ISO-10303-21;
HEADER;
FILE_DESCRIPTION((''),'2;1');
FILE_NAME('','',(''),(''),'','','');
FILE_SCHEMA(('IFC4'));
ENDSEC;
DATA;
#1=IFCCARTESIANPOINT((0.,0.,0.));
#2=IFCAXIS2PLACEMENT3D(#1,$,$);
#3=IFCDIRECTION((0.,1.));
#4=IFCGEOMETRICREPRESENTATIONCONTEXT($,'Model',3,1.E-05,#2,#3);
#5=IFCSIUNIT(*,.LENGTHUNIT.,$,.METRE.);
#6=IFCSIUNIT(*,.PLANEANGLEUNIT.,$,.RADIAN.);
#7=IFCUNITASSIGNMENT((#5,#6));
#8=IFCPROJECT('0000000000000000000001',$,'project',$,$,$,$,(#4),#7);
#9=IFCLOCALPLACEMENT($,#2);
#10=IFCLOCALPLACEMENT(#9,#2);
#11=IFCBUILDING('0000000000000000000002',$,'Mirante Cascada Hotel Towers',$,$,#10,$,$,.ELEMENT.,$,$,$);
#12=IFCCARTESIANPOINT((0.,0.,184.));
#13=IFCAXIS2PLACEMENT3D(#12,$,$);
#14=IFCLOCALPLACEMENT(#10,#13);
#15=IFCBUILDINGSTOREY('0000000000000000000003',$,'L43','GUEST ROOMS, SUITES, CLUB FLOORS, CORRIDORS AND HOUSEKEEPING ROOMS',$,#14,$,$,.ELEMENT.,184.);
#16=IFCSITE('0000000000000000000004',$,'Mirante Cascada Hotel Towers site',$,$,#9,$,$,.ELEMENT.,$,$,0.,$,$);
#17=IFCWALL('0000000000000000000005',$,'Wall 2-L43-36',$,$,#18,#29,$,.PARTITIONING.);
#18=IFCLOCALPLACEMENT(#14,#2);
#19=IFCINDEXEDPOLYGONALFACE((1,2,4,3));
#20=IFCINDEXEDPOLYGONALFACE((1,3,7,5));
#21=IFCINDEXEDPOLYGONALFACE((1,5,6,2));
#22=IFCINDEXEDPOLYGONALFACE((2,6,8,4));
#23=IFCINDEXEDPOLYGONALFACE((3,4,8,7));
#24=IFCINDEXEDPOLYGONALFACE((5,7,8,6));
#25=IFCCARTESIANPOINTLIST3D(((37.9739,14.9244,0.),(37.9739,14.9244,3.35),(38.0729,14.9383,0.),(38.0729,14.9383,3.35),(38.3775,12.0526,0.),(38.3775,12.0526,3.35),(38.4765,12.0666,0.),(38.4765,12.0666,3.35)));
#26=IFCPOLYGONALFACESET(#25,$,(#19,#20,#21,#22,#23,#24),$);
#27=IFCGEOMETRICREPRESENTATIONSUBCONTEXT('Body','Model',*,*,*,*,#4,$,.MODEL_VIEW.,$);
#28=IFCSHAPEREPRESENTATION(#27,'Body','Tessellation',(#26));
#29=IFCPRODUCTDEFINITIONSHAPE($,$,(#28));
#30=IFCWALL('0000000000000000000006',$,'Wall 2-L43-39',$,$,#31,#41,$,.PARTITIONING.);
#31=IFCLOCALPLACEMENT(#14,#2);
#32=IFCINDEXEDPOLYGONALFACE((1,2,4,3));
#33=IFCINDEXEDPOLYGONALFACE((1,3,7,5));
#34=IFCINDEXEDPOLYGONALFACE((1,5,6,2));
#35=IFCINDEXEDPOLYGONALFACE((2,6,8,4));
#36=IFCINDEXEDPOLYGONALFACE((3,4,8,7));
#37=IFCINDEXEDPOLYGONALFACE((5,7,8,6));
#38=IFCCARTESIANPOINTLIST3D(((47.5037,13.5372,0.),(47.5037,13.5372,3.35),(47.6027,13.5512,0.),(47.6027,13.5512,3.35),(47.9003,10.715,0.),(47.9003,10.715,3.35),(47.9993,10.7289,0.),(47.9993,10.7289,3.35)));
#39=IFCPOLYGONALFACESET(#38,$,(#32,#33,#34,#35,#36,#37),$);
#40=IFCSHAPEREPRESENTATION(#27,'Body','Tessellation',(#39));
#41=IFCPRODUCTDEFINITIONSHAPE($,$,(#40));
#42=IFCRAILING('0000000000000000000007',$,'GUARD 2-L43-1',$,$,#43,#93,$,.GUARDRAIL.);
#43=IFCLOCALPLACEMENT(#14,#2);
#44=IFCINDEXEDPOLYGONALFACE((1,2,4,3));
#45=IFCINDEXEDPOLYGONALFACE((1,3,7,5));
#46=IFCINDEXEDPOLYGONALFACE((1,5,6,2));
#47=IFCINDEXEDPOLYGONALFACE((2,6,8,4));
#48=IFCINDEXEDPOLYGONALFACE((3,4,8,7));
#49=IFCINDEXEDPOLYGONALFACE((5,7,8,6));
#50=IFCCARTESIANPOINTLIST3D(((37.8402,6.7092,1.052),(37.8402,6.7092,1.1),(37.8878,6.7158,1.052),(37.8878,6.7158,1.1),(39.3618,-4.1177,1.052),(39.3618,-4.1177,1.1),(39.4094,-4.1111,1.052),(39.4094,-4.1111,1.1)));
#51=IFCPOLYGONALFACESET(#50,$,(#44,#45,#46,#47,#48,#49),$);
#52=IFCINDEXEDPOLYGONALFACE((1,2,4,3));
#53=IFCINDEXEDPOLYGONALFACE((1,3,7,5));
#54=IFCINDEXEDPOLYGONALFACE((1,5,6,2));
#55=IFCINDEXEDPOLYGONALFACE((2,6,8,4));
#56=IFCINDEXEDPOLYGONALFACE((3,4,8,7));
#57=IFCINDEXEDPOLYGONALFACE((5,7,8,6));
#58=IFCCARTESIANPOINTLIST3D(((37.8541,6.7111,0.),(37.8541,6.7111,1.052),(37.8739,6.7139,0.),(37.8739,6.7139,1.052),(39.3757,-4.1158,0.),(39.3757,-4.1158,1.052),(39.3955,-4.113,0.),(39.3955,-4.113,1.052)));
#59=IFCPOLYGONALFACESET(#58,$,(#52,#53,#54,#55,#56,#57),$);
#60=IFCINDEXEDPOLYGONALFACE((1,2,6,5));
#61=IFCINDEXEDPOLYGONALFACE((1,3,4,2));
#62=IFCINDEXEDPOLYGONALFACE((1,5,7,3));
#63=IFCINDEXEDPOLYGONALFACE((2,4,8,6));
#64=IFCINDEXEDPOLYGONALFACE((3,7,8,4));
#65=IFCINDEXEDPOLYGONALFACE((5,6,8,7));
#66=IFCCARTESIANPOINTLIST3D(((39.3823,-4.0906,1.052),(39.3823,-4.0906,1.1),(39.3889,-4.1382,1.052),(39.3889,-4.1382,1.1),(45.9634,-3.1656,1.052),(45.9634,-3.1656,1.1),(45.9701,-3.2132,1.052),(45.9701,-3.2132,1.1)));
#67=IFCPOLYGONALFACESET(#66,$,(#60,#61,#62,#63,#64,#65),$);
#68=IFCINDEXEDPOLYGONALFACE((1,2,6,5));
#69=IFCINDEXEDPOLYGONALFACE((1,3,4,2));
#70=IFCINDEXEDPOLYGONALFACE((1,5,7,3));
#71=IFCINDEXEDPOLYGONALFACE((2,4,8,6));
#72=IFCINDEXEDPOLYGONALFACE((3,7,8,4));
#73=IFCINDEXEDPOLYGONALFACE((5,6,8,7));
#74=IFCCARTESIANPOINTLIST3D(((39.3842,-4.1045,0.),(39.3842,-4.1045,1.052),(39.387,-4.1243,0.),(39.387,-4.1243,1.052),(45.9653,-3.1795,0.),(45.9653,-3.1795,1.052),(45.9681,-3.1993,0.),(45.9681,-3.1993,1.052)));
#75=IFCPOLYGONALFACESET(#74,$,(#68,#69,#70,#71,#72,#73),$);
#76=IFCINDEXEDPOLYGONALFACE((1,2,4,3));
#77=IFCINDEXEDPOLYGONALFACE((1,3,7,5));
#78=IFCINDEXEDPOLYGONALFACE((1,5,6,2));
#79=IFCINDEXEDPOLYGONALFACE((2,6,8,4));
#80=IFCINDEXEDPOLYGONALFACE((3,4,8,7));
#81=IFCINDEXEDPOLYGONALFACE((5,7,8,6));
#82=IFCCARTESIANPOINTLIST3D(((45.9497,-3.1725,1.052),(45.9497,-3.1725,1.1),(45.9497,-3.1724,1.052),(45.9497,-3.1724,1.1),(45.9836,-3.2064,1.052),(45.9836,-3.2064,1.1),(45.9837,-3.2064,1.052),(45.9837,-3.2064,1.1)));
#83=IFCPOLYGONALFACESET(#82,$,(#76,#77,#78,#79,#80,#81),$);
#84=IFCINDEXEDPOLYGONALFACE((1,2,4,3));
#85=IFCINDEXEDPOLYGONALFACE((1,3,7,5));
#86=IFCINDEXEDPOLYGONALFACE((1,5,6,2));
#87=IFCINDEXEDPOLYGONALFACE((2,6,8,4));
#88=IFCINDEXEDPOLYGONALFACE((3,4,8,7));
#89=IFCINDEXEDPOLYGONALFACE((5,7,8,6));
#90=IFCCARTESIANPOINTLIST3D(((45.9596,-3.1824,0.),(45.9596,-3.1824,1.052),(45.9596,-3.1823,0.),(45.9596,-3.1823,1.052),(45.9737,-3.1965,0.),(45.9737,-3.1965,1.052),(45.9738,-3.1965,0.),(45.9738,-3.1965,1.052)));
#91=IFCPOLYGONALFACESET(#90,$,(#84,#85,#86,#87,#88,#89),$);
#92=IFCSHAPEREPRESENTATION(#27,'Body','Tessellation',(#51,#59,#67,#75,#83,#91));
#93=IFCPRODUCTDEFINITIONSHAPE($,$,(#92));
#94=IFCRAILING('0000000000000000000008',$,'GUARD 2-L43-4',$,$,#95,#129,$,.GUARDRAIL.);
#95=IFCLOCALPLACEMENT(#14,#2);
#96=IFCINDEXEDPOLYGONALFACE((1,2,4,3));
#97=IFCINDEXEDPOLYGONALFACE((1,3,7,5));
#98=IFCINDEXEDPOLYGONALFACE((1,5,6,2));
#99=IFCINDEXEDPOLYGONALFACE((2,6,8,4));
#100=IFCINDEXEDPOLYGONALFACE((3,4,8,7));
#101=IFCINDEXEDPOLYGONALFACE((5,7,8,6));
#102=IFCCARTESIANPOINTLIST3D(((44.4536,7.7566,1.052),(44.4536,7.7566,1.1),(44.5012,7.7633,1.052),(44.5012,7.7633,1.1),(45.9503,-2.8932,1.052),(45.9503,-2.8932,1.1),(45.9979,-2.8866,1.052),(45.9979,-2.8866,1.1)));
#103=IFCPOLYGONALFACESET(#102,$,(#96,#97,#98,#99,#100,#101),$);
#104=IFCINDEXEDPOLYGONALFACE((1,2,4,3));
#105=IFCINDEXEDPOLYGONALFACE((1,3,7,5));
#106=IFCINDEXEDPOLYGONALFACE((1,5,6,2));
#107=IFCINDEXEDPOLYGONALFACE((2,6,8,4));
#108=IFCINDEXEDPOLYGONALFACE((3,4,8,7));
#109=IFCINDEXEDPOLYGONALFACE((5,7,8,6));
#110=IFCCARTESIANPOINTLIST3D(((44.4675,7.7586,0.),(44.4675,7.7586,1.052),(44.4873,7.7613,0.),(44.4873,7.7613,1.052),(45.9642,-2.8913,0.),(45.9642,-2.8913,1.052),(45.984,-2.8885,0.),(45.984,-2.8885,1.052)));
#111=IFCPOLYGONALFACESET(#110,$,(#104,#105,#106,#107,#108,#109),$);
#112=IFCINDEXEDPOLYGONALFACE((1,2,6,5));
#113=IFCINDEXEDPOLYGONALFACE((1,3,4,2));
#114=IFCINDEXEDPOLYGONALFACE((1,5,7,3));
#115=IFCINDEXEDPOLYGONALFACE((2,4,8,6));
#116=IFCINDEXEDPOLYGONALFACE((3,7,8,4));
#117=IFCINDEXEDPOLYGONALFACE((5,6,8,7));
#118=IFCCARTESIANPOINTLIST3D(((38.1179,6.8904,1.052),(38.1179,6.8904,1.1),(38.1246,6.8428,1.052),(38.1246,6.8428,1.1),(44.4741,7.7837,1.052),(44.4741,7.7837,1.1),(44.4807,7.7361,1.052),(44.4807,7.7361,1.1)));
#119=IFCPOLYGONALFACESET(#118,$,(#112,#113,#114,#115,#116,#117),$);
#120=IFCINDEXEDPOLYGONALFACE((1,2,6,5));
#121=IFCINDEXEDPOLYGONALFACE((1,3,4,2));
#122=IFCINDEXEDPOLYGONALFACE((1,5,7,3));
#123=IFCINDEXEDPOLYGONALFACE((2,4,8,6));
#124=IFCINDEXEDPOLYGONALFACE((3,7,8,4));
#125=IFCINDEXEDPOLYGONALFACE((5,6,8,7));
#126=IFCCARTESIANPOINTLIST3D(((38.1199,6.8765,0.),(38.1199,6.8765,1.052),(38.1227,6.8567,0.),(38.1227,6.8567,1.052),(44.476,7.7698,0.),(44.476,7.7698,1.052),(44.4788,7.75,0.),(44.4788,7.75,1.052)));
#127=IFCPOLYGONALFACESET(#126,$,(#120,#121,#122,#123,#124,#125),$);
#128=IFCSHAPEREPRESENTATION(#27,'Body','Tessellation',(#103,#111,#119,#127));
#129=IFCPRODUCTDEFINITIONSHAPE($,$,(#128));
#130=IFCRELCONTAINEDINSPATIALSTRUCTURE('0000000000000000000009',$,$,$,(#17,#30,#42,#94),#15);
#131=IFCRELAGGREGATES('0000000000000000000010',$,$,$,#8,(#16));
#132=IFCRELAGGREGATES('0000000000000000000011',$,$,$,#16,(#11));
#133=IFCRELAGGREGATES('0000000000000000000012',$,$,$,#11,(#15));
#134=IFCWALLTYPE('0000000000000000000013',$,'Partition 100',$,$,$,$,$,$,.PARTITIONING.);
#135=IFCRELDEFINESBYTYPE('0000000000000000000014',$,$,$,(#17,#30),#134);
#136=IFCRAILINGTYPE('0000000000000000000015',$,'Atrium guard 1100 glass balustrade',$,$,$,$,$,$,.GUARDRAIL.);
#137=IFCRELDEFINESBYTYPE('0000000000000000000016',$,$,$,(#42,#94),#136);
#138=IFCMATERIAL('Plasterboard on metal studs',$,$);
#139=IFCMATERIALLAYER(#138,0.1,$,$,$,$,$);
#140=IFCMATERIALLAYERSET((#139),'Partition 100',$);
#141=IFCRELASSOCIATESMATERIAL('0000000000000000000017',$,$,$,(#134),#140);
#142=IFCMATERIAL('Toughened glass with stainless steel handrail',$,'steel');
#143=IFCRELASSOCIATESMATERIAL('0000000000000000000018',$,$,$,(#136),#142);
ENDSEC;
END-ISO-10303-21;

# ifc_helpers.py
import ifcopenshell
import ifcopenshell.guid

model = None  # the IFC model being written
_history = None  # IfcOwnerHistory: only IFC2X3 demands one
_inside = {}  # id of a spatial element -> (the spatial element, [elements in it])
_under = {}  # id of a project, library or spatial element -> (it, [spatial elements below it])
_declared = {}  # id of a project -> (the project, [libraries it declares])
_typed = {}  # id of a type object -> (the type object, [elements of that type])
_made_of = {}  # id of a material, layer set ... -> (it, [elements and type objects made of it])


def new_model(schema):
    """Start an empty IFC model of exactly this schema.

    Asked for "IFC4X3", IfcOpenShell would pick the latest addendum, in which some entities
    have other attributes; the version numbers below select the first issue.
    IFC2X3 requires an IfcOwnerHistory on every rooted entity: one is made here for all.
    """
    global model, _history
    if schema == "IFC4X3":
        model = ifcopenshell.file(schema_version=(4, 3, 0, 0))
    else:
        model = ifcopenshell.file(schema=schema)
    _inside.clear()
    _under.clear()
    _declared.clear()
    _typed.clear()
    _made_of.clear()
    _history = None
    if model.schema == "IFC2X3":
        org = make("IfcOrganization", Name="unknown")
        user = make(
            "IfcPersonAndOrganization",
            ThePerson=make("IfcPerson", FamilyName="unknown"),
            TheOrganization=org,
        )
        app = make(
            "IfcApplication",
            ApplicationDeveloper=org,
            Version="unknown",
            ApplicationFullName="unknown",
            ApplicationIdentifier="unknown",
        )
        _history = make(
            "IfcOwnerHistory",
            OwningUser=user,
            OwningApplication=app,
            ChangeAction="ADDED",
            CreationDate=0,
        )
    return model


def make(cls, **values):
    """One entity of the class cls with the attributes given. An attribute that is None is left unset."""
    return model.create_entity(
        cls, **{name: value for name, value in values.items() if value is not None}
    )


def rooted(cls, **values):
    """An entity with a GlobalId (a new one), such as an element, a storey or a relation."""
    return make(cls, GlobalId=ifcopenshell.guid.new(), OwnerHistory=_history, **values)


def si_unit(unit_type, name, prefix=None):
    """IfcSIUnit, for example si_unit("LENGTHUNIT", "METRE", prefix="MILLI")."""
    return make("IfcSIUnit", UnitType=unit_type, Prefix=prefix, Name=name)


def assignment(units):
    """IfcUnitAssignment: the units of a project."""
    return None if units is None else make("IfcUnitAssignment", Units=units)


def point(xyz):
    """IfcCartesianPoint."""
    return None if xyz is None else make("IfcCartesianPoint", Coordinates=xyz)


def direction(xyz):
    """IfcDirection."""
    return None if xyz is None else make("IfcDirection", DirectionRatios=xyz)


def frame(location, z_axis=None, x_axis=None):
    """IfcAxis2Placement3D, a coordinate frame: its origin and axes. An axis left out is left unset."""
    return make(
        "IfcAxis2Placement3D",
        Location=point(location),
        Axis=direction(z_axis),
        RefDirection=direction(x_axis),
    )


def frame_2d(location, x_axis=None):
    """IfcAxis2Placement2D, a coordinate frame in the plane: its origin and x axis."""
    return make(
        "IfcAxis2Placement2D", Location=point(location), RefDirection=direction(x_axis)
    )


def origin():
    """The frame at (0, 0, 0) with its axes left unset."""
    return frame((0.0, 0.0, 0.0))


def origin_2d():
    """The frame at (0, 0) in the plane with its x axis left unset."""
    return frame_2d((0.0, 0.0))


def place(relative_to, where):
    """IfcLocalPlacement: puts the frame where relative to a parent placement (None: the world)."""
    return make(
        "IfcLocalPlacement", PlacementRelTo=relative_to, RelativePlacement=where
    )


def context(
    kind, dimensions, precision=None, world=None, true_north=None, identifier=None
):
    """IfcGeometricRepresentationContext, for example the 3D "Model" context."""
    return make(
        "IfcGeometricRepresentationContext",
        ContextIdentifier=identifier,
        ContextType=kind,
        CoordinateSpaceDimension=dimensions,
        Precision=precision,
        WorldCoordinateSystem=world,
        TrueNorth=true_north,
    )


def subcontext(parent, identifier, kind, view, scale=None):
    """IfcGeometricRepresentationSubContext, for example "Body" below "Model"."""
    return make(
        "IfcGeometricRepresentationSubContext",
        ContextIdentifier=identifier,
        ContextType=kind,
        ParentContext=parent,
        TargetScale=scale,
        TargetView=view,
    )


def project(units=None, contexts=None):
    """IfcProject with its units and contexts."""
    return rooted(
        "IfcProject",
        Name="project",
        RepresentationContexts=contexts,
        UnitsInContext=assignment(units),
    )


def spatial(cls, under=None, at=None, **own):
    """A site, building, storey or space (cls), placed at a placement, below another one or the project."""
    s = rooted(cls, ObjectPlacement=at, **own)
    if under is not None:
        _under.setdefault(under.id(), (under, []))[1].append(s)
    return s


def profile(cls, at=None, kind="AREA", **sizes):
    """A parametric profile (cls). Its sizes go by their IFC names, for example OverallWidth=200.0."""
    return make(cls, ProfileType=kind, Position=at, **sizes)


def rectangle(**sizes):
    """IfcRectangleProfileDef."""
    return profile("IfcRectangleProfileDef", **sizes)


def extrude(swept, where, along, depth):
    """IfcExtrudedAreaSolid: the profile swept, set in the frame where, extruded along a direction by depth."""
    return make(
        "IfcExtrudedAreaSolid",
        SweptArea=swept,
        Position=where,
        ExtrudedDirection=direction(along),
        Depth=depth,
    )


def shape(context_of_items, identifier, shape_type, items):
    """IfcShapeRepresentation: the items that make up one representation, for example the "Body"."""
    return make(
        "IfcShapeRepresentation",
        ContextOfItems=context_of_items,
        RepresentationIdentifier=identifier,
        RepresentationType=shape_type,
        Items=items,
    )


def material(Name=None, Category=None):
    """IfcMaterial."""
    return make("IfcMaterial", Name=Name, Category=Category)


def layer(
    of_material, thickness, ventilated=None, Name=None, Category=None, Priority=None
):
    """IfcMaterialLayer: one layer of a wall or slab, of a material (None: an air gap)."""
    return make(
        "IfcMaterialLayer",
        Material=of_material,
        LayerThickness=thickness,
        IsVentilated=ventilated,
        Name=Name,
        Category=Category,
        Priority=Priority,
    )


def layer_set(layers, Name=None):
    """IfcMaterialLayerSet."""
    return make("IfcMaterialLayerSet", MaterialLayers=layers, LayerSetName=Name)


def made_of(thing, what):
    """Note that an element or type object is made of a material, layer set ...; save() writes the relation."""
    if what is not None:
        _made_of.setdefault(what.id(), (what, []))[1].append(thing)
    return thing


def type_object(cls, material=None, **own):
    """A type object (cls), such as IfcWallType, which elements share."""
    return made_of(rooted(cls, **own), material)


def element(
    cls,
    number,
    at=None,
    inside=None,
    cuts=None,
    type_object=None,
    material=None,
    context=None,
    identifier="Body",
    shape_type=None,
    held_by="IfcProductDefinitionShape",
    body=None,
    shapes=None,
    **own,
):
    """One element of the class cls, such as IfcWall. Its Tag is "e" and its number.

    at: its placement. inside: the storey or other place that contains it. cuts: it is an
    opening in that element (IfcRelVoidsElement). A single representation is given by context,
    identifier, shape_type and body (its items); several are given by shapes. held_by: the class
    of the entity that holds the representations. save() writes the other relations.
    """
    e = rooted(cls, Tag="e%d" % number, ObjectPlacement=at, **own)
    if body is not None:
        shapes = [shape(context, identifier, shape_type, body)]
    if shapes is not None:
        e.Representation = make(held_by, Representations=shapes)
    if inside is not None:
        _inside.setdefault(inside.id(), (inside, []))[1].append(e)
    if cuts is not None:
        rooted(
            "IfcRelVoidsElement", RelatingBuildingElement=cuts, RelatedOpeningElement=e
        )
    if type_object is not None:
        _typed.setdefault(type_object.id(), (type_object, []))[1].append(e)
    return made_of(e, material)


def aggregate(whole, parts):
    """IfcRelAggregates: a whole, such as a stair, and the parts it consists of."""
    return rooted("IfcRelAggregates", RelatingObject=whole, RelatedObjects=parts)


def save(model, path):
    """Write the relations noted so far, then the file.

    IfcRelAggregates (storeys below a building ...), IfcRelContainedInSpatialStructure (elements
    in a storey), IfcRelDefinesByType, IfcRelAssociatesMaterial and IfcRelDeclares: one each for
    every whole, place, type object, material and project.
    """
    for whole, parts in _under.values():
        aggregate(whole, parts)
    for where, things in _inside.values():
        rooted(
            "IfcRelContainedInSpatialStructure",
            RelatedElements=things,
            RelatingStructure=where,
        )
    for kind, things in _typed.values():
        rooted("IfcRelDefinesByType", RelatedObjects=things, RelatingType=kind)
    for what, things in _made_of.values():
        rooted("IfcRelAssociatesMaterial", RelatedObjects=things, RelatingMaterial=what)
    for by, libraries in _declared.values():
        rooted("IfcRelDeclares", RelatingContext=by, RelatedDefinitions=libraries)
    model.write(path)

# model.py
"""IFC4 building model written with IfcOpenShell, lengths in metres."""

from ifc_helpers import new_model, si_unit, direction, frame, frame_2d, origin, origin_2d, place, context, subcontext, project, spatial, rectangle, extrude, material, layer, layer_set, type_object, element, save


model = new_model("IFC4")

# Units and contexts
model_context = context("Model", 3, precision=1e-05, world=origin(), true_north=direction((0.0, 1.0)))
body_context = subcontext(model_context, "Body", "Model", "MODEL_VIEW")
ifc_project = project(units=[si_unit("LENGTHUNIT", "METRE"), si_unit("PLANEANGLEUNIT", "RADIAN")], contexts=[model_context])

# Site, building, storey
site_placement = place(None, origin())
site = spatial("IfcSite", under=ifc_project, at=site_placement, Name="Mirante Cascada Hotel Towers site", CompositionType="ELEMENT", RefElevation=0.0)
building_placement = place(site_placement, origin())
building = spatial("IfcBuilding", under=site, at=building_placement, Name="Mirante Cascada Hotel Towers", CompositionType="ELEMENT")
storey_placement = place(building_placement, frame((0.0, 0.0, 184.0)))
storey = spatial("IfcBuildingStorey", under=building, at=storey_placement, Name="L43", Description="GUEST ROOMS, SUITES, CLUB FLOORS, CORRIDORS AND HOUSEKEEPING ROOMS", CompositionType="ELEMENT", Elevation=184.0)

# Shared definitions
ifc_material_1 = material(Name="Plasterboard on metal studs")
ifc_layer_1 = layer(ifc_material_1, 0.1)
ifc_layer_set_1 = layer_set([ifc_layer_1], Name="Partition 100")
wall_type_1 = type_object("IfcWallType", Name="Partition 100", PredefinedType="PARTITIONING", material=ifc_layer_set_1)

# Walls
wall_1_placement = place(storey_placement, frame((38.427, 12.0596, 0.0), z_axis=(0.0, 0.0, 1.0), x_axis=(-0.139171, 0.990268, 0.0)))
element("IfcWall", 1, at=wall_1_placement, inside=storey, type_object=wall_type_1, Name="Wall 2-L43-36", PredefinedType="PARTITIONING", context=body_context, shape_type="SweptSolid", body=[
    extrude(rectangle(XDim=2.9, YDim=0.1, at=frame_2d((1.45, 0.0))), origin(), (0.0, 0.0, 1.0), 3.35),
])
wall_2_placement = place(storey_placement, frame((47.5532, 13.5442, 0.0), z_axis=(0.0, 0.0, 1.0), x_axis=(0.139156, -0.99027, 0.0)))
element("IfcWall", 2, at=wall_2_placement, inside=storey, type_object=wall_type_1, Name="Wall 2-L43-39", PredefinedType="PARTITIONING", context=body_context, shape_type="SweptSolid", body=[
    extrude(rectangle(XDim=2.85, YDim=0.1, at=frame_2d((1.425, 0.0))), origin(), (0.0, 0.0, 1.0), 3.35),
])

# Railings
ifc_material_2 = material(Name="Toughened glass with stainless steel handrail", Category="steel")
railing_type = type_object("IfcRailingType", Name="Atrium guard 1100 glass balustrade", PredefinedType="GUARDRAIL", material=ifc_material_2)
railing_1_placement = place(storey_placement, frame((37.864, 6.7125, 0.0)))
element("IfcRailing", 3, at=railing_1_placement, inside=storey, type_object=railing_type, Name="GUARD 2-L43-1", PredefinedType="GUARDRAIL", context=body_context, shape_type="SweptSolid", body=[
    extrude(rectangle(XDim=0.048, YDim=0.048, at=origin_2d()), frame((0.0, 0.0, 1.076), z_axis=(0.139171, -0.990268, 0.0), x_axis=(0.990268, 0.139171, 0.0)), (0.0, 0.0, 1.0), 10.9333),
    extrude(rectangle(XDim=0.02, YDim=1.052, at=origin_2d()), frame((0.0, 0.0, 0.526), z_axis=(0.139171, -0.990268, 0.0), x_axis=(0.990268, 0.139171, 0.0)), (0.0, 0.0, 1.0), 10.9333),
    extrude(rectangle(XDim=0.048, YDim=0.048, at=origin_2d()), frame((1.5216, -10.8269, 1.076), z_axis=(0.990266, 0.139186, 0.0), x_axis=(-0.139186, 0.990266, 0.0)), (0.0, 0.0, 1.0), 6.6458),
    extrude(rectangle(XDim=0.02, YDim=1.052, at=origin_2d()), frame((1.5216, -10.8269, 0.526), z_axis=(0.990266, 0.139186, 0.0), x_axis=(-0.139186, 0.990266, 0.0)), (0.0, 0.0, 1.0), 6.6458),
    extrude(rectangle(XDim=0.048, YDim=0.048, at=origin_2d()), frame((8.1027, -9.9019, 1.076), z_axis=(-0.707107, -0.707107, 0.0), x_axis=(0.707107, -0.707107, 0.0)), (0.0, 0.0, 1.0), 0.0001),
    extrude(rectangle(XDim=0.02, YDim=1.052, at=origin_2d()), frame((8.1027, -9.9019, 0.526), z_axis=(-0.707107, -0.707107, 0.0), x_axis=(0.707107, -0.707107, 0.0)), (0.0, 0.0, 1.0), 0.0001),
])
railing_2_placement = place(storey_placement, frame((45.9741, -2.8899, 0.0)))
element("IfcRailing", 4, at=railing_2_placement, inside=storey, type_object=railing_type, Name="GUARD 2-L43-4", PredefinedType="GUARDRAIL", context=body_context, shape_type="SweptSolid", body=[
    extrude(rectangle(XDim=0.048, YDim=0.048, at=origin_2d()), frame((0.0, 0.0, 1.076), z_axis=(-0.13917, 0.990268, 0.0), x_axis=(-0.990268, -0.13917, 0.0)), (0.0, 0.0, 1.0), 10.7545),
    extrude(rectangle(XDim=0.02, YDim=1.052, at=origin_2d()), frame((0.0, 0.0, 0.526), z_axis=(-0.13917, 0.990268, 0.0), x_axis=(-0.990268, -0.13917, 0.0)), (0.0, 0.0, 1.0), 10.7545),
    extrude(rectangle(XDim=0.048, YDim=0.048, at=origin_2d()), frame((-1.4967, 10.6498, 1.076), z_axis=(-0.990268, -0.139174, 0.0), x_axis=(0.139174, -0.990268, 0.0)), (0.0, 0.0, 1.0), 6.4186),
    extrude(rectangle(XDim=0.02, YDim=1.052, at=origin_2d()), frame((-1.4967, 10.6498, 0.526), z_axis=(-0.990268, -0.139174, 0.0), x_axis=(0.139174, -0.990268, 0.0)), (0.0, 0.0, 1.0), 6.4186),
])

save(model, "model.ifc")
